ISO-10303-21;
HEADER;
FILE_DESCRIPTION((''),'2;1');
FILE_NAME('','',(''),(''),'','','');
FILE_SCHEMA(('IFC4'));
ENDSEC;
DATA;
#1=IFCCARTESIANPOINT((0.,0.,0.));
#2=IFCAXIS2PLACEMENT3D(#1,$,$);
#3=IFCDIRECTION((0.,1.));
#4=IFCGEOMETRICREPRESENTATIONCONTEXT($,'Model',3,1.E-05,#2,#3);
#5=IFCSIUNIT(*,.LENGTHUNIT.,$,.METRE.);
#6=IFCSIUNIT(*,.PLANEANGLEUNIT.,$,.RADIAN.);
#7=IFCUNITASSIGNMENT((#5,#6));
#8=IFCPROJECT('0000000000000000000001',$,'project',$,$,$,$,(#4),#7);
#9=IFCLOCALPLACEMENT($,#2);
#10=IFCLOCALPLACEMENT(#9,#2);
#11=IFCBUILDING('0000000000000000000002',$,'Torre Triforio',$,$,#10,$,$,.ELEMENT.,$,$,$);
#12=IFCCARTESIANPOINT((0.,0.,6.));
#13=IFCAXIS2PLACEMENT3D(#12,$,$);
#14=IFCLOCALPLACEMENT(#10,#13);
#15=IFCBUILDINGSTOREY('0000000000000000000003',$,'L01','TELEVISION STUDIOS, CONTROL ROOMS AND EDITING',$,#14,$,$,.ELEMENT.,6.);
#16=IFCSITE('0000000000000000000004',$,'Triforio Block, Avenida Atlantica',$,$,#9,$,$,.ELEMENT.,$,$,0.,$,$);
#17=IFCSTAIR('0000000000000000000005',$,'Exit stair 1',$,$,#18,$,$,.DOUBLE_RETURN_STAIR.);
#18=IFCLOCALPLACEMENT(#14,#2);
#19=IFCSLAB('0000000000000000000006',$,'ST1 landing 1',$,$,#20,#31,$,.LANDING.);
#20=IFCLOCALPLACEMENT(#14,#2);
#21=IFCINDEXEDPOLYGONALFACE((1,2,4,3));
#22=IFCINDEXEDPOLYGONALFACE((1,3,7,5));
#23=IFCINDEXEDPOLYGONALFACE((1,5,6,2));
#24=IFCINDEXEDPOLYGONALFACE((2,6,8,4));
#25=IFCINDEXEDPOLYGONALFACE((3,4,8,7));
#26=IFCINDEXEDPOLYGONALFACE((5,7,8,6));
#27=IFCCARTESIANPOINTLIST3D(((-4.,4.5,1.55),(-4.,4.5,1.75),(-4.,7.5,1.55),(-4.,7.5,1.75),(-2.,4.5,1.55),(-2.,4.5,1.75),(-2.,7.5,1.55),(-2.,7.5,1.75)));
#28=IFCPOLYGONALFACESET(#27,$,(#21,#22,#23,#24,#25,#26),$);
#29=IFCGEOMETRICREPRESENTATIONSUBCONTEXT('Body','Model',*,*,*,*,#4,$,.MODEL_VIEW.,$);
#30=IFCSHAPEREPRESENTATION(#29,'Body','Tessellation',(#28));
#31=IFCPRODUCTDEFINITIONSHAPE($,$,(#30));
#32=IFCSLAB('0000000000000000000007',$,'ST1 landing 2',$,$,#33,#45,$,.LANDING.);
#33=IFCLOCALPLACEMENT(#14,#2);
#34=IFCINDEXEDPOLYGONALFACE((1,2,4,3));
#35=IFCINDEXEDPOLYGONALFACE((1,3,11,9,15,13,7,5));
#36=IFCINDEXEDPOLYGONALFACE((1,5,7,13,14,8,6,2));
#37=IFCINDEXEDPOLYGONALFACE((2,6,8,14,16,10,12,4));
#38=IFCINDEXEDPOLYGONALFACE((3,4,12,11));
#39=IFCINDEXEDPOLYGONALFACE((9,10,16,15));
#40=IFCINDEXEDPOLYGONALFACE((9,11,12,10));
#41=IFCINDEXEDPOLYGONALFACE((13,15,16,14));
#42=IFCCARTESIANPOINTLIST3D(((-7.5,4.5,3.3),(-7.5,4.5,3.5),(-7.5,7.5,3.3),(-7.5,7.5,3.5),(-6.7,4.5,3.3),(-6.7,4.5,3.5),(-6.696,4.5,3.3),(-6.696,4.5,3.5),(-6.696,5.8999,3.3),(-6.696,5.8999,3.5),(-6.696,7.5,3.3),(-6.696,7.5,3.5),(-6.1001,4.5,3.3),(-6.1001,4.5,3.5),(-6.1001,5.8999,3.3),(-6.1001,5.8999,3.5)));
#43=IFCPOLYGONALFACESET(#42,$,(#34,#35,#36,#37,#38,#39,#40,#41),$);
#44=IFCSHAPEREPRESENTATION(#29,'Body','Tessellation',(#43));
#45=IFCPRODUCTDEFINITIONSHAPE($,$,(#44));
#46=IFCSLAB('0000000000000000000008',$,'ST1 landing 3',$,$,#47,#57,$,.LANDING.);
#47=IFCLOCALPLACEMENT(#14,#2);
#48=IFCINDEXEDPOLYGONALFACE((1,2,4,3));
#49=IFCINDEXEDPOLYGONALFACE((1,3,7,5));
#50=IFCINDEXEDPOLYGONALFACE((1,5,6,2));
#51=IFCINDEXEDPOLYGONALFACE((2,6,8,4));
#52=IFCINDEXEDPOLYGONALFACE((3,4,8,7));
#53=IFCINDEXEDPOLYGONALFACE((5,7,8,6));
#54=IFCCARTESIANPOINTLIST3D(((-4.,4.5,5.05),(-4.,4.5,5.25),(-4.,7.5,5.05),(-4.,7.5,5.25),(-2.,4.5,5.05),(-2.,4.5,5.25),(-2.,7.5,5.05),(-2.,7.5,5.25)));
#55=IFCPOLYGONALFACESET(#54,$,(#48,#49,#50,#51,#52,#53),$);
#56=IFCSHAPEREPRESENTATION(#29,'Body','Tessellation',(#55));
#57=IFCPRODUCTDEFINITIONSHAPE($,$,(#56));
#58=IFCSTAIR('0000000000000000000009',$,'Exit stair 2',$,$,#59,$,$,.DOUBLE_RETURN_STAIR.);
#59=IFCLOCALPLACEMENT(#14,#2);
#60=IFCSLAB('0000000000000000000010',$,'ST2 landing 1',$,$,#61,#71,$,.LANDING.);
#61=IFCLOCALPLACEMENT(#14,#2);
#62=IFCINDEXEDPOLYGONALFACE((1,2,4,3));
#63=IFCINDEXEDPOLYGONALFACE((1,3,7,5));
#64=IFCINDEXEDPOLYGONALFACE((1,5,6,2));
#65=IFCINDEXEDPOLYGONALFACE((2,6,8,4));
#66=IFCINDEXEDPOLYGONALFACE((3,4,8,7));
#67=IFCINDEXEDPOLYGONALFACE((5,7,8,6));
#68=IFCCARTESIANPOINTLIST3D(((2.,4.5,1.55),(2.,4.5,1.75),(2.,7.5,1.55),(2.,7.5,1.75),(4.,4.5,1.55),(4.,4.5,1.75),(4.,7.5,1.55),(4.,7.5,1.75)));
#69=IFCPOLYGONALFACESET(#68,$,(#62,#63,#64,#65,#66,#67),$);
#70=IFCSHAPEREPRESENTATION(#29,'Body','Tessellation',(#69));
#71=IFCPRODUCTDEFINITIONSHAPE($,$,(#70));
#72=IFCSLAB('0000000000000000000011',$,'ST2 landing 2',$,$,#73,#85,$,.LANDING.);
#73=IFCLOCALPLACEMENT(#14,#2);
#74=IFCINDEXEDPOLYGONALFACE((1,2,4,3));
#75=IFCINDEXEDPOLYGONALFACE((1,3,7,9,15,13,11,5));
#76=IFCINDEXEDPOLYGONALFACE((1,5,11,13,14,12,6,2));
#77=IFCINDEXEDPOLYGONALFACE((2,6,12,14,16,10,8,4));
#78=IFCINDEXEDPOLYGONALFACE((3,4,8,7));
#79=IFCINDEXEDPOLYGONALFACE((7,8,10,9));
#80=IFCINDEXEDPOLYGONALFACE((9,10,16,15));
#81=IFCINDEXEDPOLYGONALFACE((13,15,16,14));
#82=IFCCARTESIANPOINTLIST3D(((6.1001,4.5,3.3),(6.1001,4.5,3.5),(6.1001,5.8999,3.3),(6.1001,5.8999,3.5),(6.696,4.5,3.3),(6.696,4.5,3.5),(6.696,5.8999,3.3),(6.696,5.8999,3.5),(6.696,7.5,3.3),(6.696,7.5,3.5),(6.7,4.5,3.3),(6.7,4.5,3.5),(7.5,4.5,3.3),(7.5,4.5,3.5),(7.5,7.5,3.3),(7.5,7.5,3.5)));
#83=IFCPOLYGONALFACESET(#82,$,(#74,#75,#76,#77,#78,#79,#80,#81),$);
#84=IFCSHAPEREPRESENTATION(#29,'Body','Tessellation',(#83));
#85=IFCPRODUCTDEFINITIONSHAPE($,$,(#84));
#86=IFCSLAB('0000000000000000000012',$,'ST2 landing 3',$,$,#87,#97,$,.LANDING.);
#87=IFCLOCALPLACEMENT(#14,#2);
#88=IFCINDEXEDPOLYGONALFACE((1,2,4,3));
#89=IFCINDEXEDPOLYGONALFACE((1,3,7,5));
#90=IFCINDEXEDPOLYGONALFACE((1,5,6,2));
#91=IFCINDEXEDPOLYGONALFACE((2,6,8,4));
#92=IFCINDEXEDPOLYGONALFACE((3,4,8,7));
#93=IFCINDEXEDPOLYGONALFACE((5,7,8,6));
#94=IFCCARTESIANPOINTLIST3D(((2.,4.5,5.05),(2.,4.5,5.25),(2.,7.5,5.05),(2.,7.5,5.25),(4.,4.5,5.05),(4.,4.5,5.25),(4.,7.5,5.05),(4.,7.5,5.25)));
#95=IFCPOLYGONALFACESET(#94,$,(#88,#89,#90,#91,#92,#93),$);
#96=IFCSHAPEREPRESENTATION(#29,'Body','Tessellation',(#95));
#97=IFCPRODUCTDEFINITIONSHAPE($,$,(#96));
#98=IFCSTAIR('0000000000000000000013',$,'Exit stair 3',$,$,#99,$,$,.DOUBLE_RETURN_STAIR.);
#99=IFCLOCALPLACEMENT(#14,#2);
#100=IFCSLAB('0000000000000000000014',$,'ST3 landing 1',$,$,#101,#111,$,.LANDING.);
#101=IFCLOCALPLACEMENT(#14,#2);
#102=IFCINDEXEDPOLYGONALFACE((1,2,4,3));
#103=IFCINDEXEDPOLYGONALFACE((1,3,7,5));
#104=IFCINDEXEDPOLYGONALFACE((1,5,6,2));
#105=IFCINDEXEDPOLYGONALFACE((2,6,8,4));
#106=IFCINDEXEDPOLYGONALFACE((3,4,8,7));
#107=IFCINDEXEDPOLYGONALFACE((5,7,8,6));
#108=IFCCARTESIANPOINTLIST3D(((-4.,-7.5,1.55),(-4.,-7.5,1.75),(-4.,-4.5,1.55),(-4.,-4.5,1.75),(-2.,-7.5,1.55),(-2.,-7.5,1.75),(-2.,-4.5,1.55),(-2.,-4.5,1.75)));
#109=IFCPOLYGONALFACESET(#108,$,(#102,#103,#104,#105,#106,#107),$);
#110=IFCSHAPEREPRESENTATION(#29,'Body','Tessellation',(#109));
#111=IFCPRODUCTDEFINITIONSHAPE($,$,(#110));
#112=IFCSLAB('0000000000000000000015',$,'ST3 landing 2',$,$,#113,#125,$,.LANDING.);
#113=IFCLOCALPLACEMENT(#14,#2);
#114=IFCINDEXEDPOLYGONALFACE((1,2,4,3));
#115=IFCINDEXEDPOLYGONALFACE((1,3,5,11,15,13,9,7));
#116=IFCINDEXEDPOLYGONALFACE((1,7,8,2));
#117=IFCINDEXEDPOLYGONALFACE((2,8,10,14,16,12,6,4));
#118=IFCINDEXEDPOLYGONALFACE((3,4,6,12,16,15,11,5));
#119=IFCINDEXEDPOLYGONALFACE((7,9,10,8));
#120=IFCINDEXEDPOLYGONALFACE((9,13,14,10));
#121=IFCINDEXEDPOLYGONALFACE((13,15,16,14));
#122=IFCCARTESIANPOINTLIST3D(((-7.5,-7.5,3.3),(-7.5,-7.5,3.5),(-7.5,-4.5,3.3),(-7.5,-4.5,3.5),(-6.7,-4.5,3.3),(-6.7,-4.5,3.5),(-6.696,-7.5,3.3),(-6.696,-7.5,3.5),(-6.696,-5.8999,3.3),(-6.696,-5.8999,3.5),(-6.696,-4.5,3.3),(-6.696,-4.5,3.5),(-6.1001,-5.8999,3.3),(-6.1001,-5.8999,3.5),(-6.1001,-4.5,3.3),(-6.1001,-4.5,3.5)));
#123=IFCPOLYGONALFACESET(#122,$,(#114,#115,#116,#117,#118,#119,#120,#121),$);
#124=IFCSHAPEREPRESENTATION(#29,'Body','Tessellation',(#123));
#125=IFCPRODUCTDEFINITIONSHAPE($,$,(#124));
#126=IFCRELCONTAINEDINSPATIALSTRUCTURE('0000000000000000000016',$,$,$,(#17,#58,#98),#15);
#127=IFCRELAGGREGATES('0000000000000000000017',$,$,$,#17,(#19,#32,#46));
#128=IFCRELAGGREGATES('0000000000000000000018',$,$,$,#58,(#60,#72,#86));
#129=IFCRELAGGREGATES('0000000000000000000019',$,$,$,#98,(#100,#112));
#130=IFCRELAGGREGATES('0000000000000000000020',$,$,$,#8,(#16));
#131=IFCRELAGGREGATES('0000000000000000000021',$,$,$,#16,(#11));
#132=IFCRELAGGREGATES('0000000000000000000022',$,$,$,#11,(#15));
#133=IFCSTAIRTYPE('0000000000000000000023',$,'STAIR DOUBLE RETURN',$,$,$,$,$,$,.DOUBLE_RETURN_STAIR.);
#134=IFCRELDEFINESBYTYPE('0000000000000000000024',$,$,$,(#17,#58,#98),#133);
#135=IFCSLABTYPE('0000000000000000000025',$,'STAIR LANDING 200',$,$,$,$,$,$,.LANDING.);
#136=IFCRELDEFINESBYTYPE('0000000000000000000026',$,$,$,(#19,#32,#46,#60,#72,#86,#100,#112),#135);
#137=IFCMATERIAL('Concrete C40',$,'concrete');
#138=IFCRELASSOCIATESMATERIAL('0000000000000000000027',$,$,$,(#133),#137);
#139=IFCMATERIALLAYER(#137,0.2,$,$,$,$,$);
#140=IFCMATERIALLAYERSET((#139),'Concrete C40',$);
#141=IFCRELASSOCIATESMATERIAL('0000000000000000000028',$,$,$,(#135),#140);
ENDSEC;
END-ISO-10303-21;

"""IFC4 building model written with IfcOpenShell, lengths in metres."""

from ifc_helpers import new_model, si_unit, direction, frame, origin, place, context, subcontext, project, spatial, polyline, outline, extrude, material, layer, layer_set, type_object, element, aggregate, save


model = new_model("IFC4")

# Units and contexts
model_context = context("Model", 3, precision=1e-05, world=origin(), true_north=direction((0.0, 1.0)))
body_context = subcontext(model_context, "Body", "Model", "MODEL_VIEW")
ifc_project = project(units=[si_unit("LENGTHUNIT", "METRE"), si_unit("PLANEANGLEUNIT", "RADIAN")], contexts=[model_context])

# Site, building, storey
site_placement = place(None, origin())
site = spatial("IfcSite", under=ifc_project, at=site_placement, Name="Triforio Block, Avenida Atlantica", CompositionType="ELEMENT", RefElevation=0.0)
building_placement = place(site_placement, origin())
building = spatial("IfcBuilding", under=site, at=building_placement, Name="Torre Triforio", CompositionType="ELEMENT")
storey_placement = place(building_placement, frame((0.0, 0.0, 6.0)))
storey = spatial("IfcBuildingStorey", under=building, at=storey_placement, Name="L01", Description="TELEVISION STUDIOS, CONTROL ROOMS AND EDITING", CompositionType="ELEMENT", Elevation=6.0)

# Stairs, slabs
ifc_material_1 = material(Name="Concrete C40", Category="concrete")
stair_type = type_object("IfcStairType", Name="STAIR DOUBLE RETURN", PredefinedType="DOUBLE_RETURN_STAIR", material=ifc_material_1)
stair_1_placement = place(storey_placement, origin())
stair_1 = element("IfcStair", 1, at=stair_1_placement, inside=storey, type_object=stair_type, Name="Exit stair 1", PredefinedType="DOUBLE_RETURN_STAIR")
ifc_layer_1 = layer(ifc_material_1, 0.2)
ifc_layer_set_1 = layer_set([ifc_layer_1], Name="Concrete C40")
slab_type_1 = type_object("IfcSlabType", Name="STAIR LANDING 200", PredefinedType="LANDING", material=ifc_layer_set_1)
slab_1_placement = place(storey_placement, frame((0.0, 0.0, 1.55)))
slab_1 = element("IfcSlab", 2, at=slab_1_placement, type_object=slab_type_1, Name="ST1 landing 1", PredefinedType="LANDING", context=body_context, shape_type="SweptSolid", body=[
    extrude(outline(polyline([(-2.0, 4.5), (-2.0, 7.5), (-4.0, 7.5), (-4.0, 4.5), (-2.0, 4.5)])), origin(), (0.0, 0.0, 1.0), 0.2),
])
slab_2_placement = place(storey_placement, frame((0.0, 0.0, 3.3)))
slab_2 = element("IfcSlab", 3, at=slab_2_placement, type_object=slab_type_1, Name="ST1 landing 2", PredefinedType="LANDING", context=body_context, shape_type="SweptSolid", body=[
    extrude(outline(polyline([(-6.1001, 5.8999), (-6.1001, 4.5), (-6.696, 4.5), (-6.7, 4.5), (-7.5, 4.5), (-7.5, 7.5), (-6.696, 7.5), (-6.696, 5.8999), (-6.1001, 5.8999)])), origin(), (0.0, 0.0, 1.0), 0.2),
])
slab_3_placement = place(storey_placement, frame((0.0, 0.0, 5.05)))
slab_3 = element("IfcSlab", 4, at=slab_3_placement, type_object=slab_type_1, Name="ST1 landing 3", PredefinedType="LANDING", context=body_context, shape_type="SweptSolid", body=[
    extrude(outline(polyline([(-2.0, 4.5), (-2.0, 7.5), (-4.0, 7.5), (-4.0, 4.5), (-2.0, 4.5)])), origin(), (0.0, 0.0, 1.0), 0.2),
])
aggregate(stair_1, [slab_1, slab_2, slab_3])
stair_2_placement = place(storey_placement, origin())
stair_2 = element("IfcStair", 5, at=stair_2_placement, inside=storey, type_object=stair_type, Name="Exit stair 2", PredefinedType="DOUBLE_RETURN_STAIR")
slab_4_placement = place(storey_placement, frame((0.0, 0.0, 1.55)))
slab_4 = element("IfcSlab", 6, at=slab_4_placement, type_object=slab_type_1, Name="ST2 landing 1", PredefinedType="LANDING", context=body_context, shape_type="SweptSolid", body=[
    extrude(outline(polyline([(4.0, 4.5), (4.0, 7.5), (2.0, 7.5), (2.0, 4.5), (4.0, 4.5)])), origin(), (0.0, 0.0, 1.0), 0.2),
])
slab_5_placement = place(storey_placement, frame((0.0, 0.0, 3.3)))
slab_5 = element("IfcSlab", 7, at=slab_5_placement, type_object=slab_type_1, Name="ST2 landing 2", PredefinedType="LANDING", context=body_context, shape_type="SweptSolid", body=[
    extrude(outline(polyline([(6.1001, 4.5), (6.1001, 5.8999), (6.696, 5.8999), (6.696, 7.5), (7.5, 7.5), (7.5, 4.5), (6.7, 4.5), (6.696, 4.5), (6.1001, 4.5)])), origin(), (0.0, 0.0, 1.0), 0.2),
])
slab_6_placement = place(storey_placement, frame((0.0, 0.0, 5.05)))
slab_6 = element("IfcSlab", 8, at=slab_6_placement, type_object=slab_type_1, Name="ST2 landing 3", PredefinedType="LANDING", context=body_context, shape_type="SweptSolid", body=[
    extrude(outline(polyline([(4.0, 4.5), (4.0, 7.5), (2.0, 7.5), (2.0, 4.5), (4.0, 4.5)])), origin(), (0.0, 0.0, 1.0), 0.2),
])
aggregate(stair_2, [slab_4, slab_5, slab_6])
stair_3_placement = place(storey_placement, origin())
stair_3 = element("IfcStair", 9, at=stair_3_placement, inside=storey, type_object=stair_type, Name="Exit stair 3", PredefinedType="DOUBLE_RETURN_STAIR")
slab_7_placement = place(storey_placement, frame((0.0, 0.0, 1.55)))
slab_7 = element("IfcSlab", 10, at=slab_7_placement, type_object=slab_type_1, Name="ST3 landing 1", PredefinedType="LANDING", context=body_context, shape_type="SweptSolid", body=[
    extrude(outline(polyline([(-2.0, -7.5), (-2.0, -4.5), (-4.0, -4.5), (-4.0, -7.5), (-2.0, -7.5)])), origin(), (0.0, 0.0, 1.0), 0.2),
])
slab_8_placement = place(storey_placement, frame((0.0, 0.0, 3.3)))
slab_8 = element("IfcSlab", 11, at=slab_8_placement, type_object=slab_type_1, Name="ST3 landing 2", PredefinedType="LANDING", context=body_context, shape_type="SweptSolid", body=[
    extrude(outline(polyline([(-6.696, -7.5), (-7.5, -7.5), (-7.5, -4.5), (-6.7, -4.5), (-6.696, -4.5), (-6.1001, -4.5), (-6.1001, -5.8999), (-6.696, -5.8999), (-6.696, -7.5)])), origin(), (0.0, 0.0, 1.0), 0.2),
])
aggregate(stair_3, [slab_7, slab_8])

save(model, "model.ifc")
